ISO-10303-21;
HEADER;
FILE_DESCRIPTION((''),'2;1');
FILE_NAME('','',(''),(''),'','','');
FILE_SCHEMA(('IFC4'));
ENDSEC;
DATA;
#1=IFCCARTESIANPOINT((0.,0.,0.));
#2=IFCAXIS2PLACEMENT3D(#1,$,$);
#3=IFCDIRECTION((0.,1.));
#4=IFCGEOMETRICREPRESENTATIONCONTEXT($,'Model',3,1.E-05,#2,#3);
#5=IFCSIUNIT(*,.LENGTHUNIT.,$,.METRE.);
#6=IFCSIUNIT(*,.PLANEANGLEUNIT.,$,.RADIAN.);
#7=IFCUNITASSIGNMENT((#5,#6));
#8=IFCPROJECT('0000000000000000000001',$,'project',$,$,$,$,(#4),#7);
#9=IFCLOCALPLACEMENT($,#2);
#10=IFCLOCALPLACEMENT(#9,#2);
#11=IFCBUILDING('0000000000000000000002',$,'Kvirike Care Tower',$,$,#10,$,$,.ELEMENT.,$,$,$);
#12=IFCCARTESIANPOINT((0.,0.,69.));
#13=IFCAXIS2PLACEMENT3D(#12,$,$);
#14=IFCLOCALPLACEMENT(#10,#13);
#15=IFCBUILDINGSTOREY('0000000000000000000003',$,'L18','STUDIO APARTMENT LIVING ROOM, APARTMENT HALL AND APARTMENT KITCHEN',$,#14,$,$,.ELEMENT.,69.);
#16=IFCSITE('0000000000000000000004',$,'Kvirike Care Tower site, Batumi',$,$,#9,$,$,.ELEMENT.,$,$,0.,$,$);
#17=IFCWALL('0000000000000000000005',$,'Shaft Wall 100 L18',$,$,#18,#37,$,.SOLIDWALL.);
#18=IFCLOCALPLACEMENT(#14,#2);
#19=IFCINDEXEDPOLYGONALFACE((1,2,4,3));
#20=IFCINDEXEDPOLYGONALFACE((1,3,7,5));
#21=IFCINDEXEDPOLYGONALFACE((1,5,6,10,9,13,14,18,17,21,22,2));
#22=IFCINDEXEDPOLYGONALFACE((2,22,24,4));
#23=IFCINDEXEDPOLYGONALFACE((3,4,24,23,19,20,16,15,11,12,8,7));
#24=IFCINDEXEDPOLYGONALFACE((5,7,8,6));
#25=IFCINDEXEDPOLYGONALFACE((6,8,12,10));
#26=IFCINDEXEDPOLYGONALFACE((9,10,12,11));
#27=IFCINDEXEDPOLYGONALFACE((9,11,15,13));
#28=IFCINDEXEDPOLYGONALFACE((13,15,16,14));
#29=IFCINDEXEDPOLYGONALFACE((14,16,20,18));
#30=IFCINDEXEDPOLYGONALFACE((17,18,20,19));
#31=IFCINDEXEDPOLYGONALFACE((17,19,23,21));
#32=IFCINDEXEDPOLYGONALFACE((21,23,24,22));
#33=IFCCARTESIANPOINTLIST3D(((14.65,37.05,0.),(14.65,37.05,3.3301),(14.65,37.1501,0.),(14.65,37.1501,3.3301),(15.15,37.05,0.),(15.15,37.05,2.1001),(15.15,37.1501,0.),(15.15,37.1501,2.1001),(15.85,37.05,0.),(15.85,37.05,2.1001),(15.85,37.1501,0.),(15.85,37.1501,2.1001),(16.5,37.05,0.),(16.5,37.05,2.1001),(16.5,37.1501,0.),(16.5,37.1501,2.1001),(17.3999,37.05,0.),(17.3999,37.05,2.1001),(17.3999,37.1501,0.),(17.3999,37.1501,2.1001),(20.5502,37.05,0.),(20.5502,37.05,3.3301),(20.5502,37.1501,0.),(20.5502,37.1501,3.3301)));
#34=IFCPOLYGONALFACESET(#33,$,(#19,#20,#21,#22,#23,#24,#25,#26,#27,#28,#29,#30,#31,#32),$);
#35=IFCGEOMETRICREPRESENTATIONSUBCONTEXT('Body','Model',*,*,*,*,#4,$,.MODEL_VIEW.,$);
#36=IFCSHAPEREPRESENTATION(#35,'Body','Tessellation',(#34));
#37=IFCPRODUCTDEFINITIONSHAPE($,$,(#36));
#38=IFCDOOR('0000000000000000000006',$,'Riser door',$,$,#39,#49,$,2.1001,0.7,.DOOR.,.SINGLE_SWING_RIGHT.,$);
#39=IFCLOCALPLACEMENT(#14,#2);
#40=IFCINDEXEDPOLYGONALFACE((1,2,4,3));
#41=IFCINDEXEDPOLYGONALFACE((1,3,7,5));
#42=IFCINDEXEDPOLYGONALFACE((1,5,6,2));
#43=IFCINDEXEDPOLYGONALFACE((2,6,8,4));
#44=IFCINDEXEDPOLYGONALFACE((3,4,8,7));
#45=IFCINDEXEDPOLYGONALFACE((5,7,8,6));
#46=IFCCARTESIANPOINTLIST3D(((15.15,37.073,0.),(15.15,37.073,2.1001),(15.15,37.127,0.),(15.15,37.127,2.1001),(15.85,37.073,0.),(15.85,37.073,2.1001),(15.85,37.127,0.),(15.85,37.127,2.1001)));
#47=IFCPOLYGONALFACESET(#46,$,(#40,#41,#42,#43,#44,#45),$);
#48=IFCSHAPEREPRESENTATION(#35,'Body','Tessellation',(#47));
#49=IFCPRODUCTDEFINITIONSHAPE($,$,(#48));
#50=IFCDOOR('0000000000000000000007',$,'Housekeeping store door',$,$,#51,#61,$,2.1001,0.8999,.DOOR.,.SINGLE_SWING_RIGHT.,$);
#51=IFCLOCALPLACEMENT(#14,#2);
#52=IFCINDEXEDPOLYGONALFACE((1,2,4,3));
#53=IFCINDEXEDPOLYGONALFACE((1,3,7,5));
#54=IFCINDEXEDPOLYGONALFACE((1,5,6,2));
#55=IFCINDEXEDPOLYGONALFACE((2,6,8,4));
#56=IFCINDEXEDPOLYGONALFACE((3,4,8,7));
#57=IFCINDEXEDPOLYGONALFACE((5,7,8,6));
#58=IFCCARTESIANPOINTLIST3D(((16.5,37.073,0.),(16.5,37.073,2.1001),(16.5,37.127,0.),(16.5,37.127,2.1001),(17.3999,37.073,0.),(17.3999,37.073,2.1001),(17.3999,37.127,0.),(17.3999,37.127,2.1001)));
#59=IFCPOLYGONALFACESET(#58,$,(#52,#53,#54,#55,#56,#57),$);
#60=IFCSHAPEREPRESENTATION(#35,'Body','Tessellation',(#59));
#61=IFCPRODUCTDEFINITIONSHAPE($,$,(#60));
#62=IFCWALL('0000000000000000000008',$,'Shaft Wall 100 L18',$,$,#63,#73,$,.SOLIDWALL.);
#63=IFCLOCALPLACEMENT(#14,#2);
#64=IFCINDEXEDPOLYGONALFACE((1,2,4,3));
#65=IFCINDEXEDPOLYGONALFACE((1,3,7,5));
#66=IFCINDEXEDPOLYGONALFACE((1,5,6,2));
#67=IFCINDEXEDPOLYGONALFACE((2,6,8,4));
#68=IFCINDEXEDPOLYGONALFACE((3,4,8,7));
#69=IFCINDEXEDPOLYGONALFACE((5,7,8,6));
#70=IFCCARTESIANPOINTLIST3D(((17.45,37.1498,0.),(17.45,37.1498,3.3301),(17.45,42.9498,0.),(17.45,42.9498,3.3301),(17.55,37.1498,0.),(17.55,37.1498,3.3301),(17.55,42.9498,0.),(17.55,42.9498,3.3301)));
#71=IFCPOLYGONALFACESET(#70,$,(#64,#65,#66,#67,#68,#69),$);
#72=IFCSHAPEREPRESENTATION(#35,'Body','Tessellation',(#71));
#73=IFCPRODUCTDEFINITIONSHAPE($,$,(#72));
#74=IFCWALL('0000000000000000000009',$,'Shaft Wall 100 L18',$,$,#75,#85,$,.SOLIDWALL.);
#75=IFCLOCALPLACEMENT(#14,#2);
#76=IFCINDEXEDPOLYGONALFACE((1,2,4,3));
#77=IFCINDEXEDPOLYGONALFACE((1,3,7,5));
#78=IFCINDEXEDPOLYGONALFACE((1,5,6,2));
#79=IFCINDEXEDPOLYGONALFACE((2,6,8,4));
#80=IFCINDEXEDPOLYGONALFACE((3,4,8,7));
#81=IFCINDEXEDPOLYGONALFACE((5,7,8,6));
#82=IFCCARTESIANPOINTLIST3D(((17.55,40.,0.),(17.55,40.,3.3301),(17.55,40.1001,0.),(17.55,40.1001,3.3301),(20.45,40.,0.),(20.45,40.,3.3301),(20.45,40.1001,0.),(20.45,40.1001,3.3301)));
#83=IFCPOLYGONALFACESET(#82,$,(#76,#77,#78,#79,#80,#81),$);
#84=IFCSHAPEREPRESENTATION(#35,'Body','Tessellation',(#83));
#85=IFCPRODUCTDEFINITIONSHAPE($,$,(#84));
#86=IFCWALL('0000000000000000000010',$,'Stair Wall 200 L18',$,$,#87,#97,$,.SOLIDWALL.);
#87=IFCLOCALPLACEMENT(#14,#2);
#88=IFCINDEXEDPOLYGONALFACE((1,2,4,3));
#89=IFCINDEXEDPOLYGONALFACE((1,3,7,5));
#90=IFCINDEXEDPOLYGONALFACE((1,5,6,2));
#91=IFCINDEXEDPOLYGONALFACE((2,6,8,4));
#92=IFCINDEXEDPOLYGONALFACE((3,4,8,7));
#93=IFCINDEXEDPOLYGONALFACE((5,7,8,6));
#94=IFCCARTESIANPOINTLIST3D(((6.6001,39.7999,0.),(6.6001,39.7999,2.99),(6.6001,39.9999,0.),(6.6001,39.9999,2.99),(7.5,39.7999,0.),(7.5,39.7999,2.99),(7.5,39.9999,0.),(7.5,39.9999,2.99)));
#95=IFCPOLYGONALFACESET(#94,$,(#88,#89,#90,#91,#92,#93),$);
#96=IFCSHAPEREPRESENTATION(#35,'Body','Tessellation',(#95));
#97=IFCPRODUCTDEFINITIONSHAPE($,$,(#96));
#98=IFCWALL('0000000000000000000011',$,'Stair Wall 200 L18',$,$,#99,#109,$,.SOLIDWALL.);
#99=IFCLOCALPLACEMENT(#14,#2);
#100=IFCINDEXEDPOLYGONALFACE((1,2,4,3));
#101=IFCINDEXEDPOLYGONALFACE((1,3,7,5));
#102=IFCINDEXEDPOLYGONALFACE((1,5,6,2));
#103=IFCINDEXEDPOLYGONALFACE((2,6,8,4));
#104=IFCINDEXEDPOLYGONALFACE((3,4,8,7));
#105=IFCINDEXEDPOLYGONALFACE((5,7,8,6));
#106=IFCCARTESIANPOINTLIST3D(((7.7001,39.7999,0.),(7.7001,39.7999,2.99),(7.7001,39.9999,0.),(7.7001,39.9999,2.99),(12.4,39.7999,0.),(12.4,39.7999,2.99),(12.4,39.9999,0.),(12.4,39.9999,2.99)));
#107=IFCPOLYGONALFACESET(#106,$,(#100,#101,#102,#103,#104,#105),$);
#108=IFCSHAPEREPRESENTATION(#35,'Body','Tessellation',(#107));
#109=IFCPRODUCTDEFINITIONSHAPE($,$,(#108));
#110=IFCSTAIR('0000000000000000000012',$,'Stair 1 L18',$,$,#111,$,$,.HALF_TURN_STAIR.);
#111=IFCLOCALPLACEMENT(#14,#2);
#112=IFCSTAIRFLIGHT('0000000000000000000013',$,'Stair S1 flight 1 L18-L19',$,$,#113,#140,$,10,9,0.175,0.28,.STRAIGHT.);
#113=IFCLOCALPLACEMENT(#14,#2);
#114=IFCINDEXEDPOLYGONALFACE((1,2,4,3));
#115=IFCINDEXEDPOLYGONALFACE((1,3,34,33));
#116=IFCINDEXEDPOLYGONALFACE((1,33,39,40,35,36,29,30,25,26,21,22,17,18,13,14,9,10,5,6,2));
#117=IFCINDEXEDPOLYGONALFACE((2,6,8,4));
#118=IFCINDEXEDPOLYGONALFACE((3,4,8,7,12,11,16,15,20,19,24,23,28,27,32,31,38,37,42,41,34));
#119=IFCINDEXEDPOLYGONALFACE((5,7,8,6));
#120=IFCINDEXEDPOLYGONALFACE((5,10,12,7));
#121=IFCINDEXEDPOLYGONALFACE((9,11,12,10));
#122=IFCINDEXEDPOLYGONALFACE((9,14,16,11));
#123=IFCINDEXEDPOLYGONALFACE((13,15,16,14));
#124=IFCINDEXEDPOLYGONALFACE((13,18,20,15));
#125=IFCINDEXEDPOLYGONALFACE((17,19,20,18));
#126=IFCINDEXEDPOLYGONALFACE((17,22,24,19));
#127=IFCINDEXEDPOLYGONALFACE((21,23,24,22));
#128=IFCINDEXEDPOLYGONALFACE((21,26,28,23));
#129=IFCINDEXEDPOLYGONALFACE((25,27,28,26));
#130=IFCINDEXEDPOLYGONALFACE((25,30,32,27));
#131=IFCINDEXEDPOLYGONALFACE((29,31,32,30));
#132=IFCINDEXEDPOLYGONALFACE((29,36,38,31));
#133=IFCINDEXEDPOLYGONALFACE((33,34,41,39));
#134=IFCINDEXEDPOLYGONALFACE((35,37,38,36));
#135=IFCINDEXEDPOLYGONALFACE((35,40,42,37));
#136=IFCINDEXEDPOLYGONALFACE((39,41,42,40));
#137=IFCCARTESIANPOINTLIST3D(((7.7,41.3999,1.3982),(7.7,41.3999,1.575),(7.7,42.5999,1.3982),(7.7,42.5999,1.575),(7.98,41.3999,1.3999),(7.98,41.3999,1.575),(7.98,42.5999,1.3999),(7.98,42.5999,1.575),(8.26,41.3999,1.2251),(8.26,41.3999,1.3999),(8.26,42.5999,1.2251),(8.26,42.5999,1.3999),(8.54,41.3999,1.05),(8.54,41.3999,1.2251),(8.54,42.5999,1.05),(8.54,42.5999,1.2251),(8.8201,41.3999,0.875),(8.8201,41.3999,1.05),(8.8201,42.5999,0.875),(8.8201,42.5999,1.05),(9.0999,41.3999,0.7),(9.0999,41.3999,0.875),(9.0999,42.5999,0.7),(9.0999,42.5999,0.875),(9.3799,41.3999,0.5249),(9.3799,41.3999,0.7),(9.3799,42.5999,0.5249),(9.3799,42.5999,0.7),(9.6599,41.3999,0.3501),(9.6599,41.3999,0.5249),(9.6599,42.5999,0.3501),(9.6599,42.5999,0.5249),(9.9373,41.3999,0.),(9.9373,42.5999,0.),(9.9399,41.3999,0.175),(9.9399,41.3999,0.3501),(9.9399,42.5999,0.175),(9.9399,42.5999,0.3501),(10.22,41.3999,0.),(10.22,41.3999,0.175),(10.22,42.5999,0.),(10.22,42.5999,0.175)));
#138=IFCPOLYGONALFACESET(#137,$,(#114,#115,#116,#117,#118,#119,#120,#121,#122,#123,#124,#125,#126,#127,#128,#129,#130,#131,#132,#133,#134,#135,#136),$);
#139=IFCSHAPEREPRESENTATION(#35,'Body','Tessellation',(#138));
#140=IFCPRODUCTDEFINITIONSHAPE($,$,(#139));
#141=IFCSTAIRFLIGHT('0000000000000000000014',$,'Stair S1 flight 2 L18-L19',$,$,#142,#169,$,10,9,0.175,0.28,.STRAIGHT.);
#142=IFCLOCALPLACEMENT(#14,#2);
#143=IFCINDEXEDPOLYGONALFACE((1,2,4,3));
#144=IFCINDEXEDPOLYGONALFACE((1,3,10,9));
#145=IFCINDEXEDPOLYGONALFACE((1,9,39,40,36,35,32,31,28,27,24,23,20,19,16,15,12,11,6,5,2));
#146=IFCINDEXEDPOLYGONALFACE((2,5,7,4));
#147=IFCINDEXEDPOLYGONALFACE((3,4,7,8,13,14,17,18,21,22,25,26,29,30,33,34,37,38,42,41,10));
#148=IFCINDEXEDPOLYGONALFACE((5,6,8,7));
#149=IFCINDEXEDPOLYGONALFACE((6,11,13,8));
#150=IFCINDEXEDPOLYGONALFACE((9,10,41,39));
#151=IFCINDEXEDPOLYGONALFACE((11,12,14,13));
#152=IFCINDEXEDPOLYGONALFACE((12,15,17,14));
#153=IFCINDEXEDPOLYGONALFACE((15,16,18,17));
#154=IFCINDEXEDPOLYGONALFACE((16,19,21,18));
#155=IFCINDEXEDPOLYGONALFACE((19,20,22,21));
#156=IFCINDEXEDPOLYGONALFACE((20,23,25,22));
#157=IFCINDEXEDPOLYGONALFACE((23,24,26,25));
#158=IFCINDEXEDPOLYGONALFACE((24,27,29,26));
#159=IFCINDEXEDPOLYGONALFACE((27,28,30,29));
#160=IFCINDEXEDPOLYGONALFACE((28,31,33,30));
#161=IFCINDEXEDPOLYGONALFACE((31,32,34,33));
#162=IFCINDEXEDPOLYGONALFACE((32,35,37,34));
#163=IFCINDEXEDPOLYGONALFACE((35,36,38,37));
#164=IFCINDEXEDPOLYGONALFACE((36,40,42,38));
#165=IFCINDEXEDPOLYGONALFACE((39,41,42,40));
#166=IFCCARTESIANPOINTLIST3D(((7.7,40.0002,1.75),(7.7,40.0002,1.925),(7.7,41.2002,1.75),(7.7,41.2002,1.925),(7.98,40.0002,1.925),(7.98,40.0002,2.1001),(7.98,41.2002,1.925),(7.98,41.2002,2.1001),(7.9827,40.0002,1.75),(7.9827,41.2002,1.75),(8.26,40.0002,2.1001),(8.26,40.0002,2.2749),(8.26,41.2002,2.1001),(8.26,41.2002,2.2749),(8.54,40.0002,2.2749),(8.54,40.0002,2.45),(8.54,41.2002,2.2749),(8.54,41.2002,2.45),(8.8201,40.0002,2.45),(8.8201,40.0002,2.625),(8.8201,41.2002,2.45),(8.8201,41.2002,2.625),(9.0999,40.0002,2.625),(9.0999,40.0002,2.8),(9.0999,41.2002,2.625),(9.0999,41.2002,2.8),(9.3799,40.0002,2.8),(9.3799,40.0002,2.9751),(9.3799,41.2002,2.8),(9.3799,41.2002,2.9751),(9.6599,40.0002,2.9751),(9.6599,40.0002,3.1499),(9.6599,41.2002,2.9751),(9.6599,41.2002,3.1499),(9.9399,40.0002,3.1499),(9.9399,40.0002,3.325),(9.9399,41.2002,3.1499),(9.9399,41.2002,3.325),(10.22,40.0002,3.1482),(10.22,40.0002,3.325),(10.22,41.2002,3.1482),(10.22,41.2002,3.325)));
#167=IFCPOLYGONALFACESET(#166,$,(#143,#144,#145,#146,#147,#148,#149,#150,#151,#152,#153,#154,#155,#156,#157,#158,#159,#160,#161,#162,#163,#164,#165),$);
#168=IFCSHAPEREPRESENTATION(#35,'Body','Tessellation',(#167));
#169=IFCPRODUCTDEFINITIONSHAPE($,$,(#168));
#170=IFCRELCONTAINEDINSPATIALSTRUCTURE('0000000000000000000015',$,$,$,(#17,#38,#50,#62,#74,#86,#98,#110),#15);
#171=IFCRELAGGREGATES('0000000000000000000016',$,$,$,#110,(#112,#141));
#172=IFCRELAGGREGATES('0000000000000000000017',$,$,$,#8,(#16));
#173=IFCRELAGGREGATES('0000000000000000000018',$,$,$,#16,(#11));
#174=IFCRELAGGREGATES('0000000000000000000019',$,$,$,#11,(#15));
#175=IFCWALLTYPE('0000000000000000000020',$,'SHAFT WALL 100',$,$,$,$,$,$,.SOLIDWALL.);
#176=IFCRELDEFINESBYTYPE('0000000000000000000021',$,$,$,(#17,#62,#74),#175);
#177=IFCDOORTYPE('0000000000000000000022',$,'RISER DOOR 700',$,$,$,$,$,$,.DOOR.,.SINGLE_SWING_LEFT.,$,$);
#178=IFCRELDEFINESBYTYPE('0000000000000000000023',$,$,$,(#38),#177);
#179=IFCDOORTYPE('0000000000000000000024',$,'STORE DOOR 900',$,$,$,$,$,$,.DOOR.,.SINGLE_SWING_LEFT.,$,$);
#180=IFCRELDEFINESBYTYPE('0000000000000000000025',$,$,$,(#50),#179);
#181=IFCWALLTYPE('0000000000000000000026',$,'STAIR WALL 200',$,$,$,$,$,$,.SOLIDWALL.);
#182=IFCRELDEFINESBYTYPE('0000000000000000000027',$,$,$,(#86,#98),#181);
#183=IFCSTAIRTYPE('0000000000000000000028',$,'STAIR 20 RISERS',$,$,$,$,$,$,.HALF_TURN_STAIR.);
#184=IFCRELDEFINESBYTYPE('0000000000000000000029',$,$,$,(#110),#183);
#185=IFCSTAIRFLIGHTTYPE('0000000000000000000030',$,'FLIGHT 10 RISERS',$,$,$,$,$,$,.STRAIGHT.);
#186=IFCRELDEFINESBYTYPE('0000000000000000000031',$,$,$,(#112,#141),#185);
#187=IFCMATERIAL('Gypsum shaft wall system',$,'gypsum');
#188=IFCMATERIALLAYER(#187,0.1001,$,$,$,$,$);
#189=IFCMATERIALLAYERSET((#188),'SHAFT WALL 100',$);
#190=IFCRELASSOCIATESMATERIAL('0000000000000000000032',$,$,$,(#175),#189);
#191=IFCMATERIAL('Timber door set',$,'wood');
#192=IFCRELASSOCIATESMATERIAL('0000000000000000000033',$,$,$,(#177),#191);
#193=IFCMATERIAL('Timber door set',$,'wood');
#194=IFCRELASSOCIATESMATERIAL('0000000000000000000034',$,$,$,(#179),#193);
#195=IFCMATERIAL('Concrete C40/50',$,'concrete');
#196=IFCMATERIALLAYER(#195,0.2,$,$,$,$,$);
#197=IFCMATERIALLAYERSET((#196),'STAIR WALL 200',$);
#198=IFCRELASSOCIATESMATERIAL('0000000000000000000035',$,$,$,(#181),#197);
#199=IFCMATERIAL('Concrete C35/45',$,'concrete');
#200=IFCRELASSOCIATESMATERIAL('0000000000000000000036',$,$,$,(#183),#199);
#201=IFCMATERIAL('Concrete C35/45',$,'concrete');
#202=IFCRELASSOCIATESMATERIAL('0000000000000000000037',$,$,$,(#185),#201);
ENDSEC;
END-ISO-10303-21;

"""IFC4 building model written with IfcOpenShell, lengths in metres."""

from ifc_helpers import new_model, si_unit, direction, frame, frame_2d, origin, place, context, subcontext, project, spatial, polyline, rectangle, outline, extrude, material, layer, layer_set, type_object, element, fill, aggregate, save


model = new_model("IFC4")

# Units and contexts
model_context = context("Model", 3, precision=1e-05, world=origin(), true_north=direction((0.0, 1.0)))
body_context = subcontext(model_context, "Body", "Model", "MODEL_VIEW")
ifc_project = project(units=[si_unit("LENGTHUNIT", "METRE"), si_unit("PLANEANGLEUNIT", "RADIAN")], contexts=[model_context])

# Site, building, storey
site_placement = place(None, origin())
site = spatial("IfcSite", under=ifc_project, at=site_placement, Name="Kvirike Care Tower site, Batumi", CompositionType="ELEMENT", RefElevation=0.0)
building_placement = place(site_placement, origin())
building = spatial("IfcBuilding", under=site, at=building_placement, Name="Kvirike Care Tower", CompositionType="ELEMENT")
storey_placement = place(building_placement, frame((0.0, 0.0, 69.0)))
storey = spatial("IfcBuildingStorey", under=building, at=storey_placement, Name="L18", Description="STUDIO APARTMENT LIVING ROOM, APARTMENT HALL AND APARTMENT KITCHEN", CompositionType="ELEMENT", Elevation=69.0)

# Shared definitions
ifc_material_1 = material(Name="Gypsum shaft wall system", Category="gypsum")
ifc_layer_1 = layer(ifc_material_1, 0.1001)
ifc_layer_set_1 = layer_set([ifc_layer_1], Name="SHAFT WALL 100")
wall_type_1 = type_object("IfcWallType", Name="SHAFT WALL 100", PredefinedType="SOLIDWALL", material=ifc_layer_set_1)

# Shared definitions
ifc_material_2 = material(Name="Timber door set", Category="wood")
door_type_1 = type_object("IfcDoorType", Name="RISER DOOR 700", OperationType="SINGLE_SWING_LEFT", PredefinedType="DOOR", material=ifc_material_2)

# Wall, openings, doors
wall_1_placement = place(storey_placement, frame((14.6499, 37.1001, 0.0), z_axis=(0.0, 0.0, 1.0), x_axis=(1.0, 0.0, 0.0)))
wall_1 = element("IfcWall", 1, at=wall_1_placement, inside=storey, type_object=wall_type_1, Name="Shaft Wall 100 L18", PredefinedType="SOLIDWALL", context=body_context, shape_type="SweptSolid", body=[
    extrude(rectangle(XDim=5.9001, YDim=0.1001, at=frame_2d((2.9502, 0.0))), origin(), (0.0, 0.0, 1.0), 3.3301),
])
opening_1_placement = place(wall_1_placement, frame((0.5, 0.0, 0.0)))
opening_1 = element("IfcOpeningElement", 2, at=opening_1_placement, cuts=wall_1, PredefinedType="OPENING", context=body_context, shape_type="SweptSolid", body=[
    extrude(rectangle(XDim=0.7, YDim=2.1001, at=frame_2d((0.3501, 1.05))), frame((0.0, 0.0605, 0.0), z_axis=(0.0, -1.0, 0.0), x_axis=(1.0, 0.0, 0.0)), (0.0, 0.0, 1.0), 0.1211),
])
opening_2_placement = place(wall_1_placement, frame((1.8501, 0.0, 0.0)))
opening_2 = element("IfcOpeningElement", 3, at=opening_2_placement, cuts=wall_1, PredefinedType="OPENING", context=body_context, shape_type="SweptSolid", body=[
    extrude(rectangle(XDim=0.8999, YDim=2.1001, at=frame_2d((0.45, 1.05))), frame((0.0, 0.0605, 0.0), z_axis=(0.0, -1.0, 0.0), x_axis=(1.0, 0.0, 0.0)), (0.0, 0.0, 1.0), 0.1211),
])
door_1_placement = place(opening_1_placement, origin())
door_1 = element("IfcDoor", 4, at=door_1_placement, inside=storey, type_object=door_type_1, Name="Riser door", OperationType="SINGLE_SWING_RIGHT", OverallHeight=2.1001, OverallWidth=0.7, PredefinedType="DOOR", context=body_context, shape_type="SweptSolid", body=[
    extrude(rectangle(XDim=0.7, YDim=2.1001, at=frame_2d((0.3501, 1.05))), frame((0.0, 0.0269, 0.0), z_axis=(0.0, -1.0, 0.0), x_axis=(1.0, 0.0, 0.0)), (0.0, 0.0, 1.0), 0.054),
])
fill(opening_1, door_1)
ifc_material_3 = material(Name="Timber door set", Category="wood")
door_type_2 = type_object("IfcDoorType", Name="STORE DOOR 900", OperationType="SINGLE_SWING_LEFT", PredefinedType="DOOR", material=ifc_material_3)
door_2_placement = place(opening_2_placement, origin())
door_2 = element("IfcDoor", 5, at=door_2_placement, inside=storey, type_object=door_type_2, Name="Housekeeping store door", OperationType="SINGLE_SWING_RIGHT", OverallHeight=2.1001, OverallWidth=0.8999, PredefinedType="DOOR", context=body_context, shape_type="SweptSolid", body=[
    extrude(rectangle(XDim=0.8999, YDim=2.1001, at=frame_2d((0.45, 1.05))), frame((0.0, 0.0269, 0.0), z_axis=(0.0, -1.0, 0.0), x_axis=(1.0, 0.0, 0.0)), (0.0, 0.0, 1.0), 0.054),
])
fill(opening_2, door_2)

# Walls
wall_2_placement = place(storey_placement, frame((17.5, 37.1499, 0.0), z_axis=(0.0, 0.0, 1.0), x_axis=(0.0, 1.0, 0.0)))
element("IfcWall", 6, at=wall_2_placement, inside=storey, type_object=wall_type_1, Name="Shaft Wall 100 L18", PredefinedType="SOLIDWALL", context=body_context, shape_type="SweptSolid", body=[
    extrude(rectangle(XDim=5.8, YDim=0.1001, at=frame_2d((2.8999, 0.0))), origin(), (0.0, 0.0, 1.0), 3.3301),
])
wall_3_placement = place(storey_placement, frame((17.55, 40.05, 0.0), z_axis=(0.0, 0.0, 1.0), x_axis=(1.0, 0.0, 0.0)))
element("IfcWall", 7, at=wall_3_placement, inside=storey, type_object=wall_type_1, Name="Shaft Wall 100 L18", PredefinedType="SOLIDWALL", context=body_context, shape_type="SweptSolid", body=[
    extrude(rectangle(XDim=2.8999, YDim=0.1001, at=frame_2d((1.45, 0.0))), origin(), (0.0, 0.0, 1.0), 3.3301),
])
ifc_material_4 = material(Name="Concrete C40/50", Category="concrete")
ifc_layer_2 = layer(ifc_material_4, 0.2)
ifc_layer_set_2 = layer_set([ifc_layer_2], Name="STAIR WALL 200")
wall_type_2 = type_object("IfcWallType", Name="STAIR WALL 200", PredefinedType="SOLIDWALL", material=ifc_layer_set_2)
wall_4_placement = place(storey_placement, frame((6.6001, 39.8999, 0.0), z_axis=(0.0, 0.0, 1.0), x_axis=(1.0, 0.0, 0.0)))
element("IfcWall", 8, at=wall_4_placement, inside=storey, type_object=wall_type_2, Name="Stair Wall 200 L18", PredefinedType="SOLIDWALL", context=body_context, shape_type="SweptSolid", body=[
    extrude(rectangle(XDim=0.8999, YDim=0.2, at=frame_2d((0.45, 0.0))), origin(), (0.0, 0.0, 1.0), 2.99),
])
wall_5_placement = place(storey_placement, frame((7.7, 39.8999, 0.0), z_axis=(0.0, 0.0, 1.0), x_axis=(1.0, 0.0, 0.0)))
element("IfcWall", 9, at=wall_5_placement, inside=storey, type_object=wall_type_2, Name="Stair Wall 200 L18", PredefinedType="SOLIDWALL", context=body_context, shape_type="SweptSolid", body=[
    extrude(rectangle(XDim=4.7, YDim=0.2, at=frame_2d((2.3501, 0.0))), origin(), (0.0, 0.0, 1.0), 2.99),
])

# Stair, stair flights
ifc_material_5 = material(Name="Concrete C35/45", Category="concrete")
stair_type = type_object("IfcStairType", Name="STAIR 20 RISERS", PredefinedType="HALF_TURN_STAIR", material=ifc_material_5)
stair_placement = place(storey_placement, origin())
stair = element("IfcStair", 10, at=stair_placement, inside=storey, type_object=stair_type, Name="Stair 1 L18", PredefinedType="HALF_TURN_STAIR")
ifc_material_6 = material(Name="Concrete C35/45", Category="concrete")
stair_flight_type = type_object("IfcStairFlightType", Name="FLIGHT 10 RISERS", PredefinedType="STRAIGHT", material=ifc_material_6)
stair_flight_1_placement = place(storey_placement, frame((10.22, 42.0, 0.0), z_axis=(0.0, 0.0, 1.0), x_axis=(-1.0, 0.0, 0.0)))
stair_flight_1 = element("IfcStairFlight", 11, at=stair_flight_1_placement, type_object=stair_flight_type, Name="Stair S1 flight 1 L18-L19", NumberOfRisers=10, NumberOfTreads=9, PredefinedType="STRAIGHT", RiserHeight=0.175, TreadLength=0.28, context=body_context, shape_type="SweptSolid", body=[
    extrude(outline(polyline([(0.0, 0.0), (0.0, 0.175), (0.28, 0.175), (0.28, 0.3501), (0.5601, 0.3501), (0.5601, 0.5249), (0.8401, 0.5249), (0.8401, 0.7), (1.1201, 0.7), (1.1201, 0.875), (1.3999, 0.875), (1.3999, 1.05), (1.6799, 1.05), (1.6799, 1.2251), (1.96, 1.2251), (1.96, 1.3999), (2.24, 1.3999), (2.24, 1.575), (2.52, 1.575), (2.52, 1.75), (2.52, 1.3982), (0.2827, 0.0), (0.0, 0.0)])), frame((0.0, 0.6001, 0.0), z_axis=(0.0, -1.0, 0.0), x_axis=(1.0, 0.0, 0.0)), (0.0, 0.0, 1.0), 1.2),
])
stair_flight_2_placement = place(storey_placement, frame((7.7, 40.6001, 1.75), z_axis=(0.0, 0.0, 1.0), x_axis=(1.0, 0.0, 0.0)))
stair_flight_2 = element("IfcStairFlight", 12, at=stair_flight_2_placement, type_object=stair_flight_type, Name="Stair S1 flight 2 L18-L19", NumberOfRisers=10, NumberOfTreads=9, PredefinedType="STRAIGHT", RiserHeight=0.175, TreadLength=0.28, context=body_context, shape_type="SweptSolid", body=[
    extrude(outline(polyline([(0.0, 0.0), (0.0, 0.175), (0.28, 0.175), (0.28, 0.3501), (0.5601, 0.3501), (0.5601, 0.5249), (0.8401, 0.5249), (0.8401, 0.7), (1.1201, 0.7), (1.1201, 0.875), (1.3999, 0.875), (1.3999, 1.05), (1.6799, 1.05), (1.6799, 1.2251), (1.96, 1.2251), (1.96, 1.3999), (2.24, 1.3999), (2.24, 1.575), (2.52, 1.575), (2.52, 1.75), (2.52, 1.3982), (0.2827, 0.0), (0.0, 0.0)])), frame((0.0, 0.6001, 0.0), z_axis=(0.0, -1.0, 0.0), x_axis=(1.0, 0.0, 0.0)), (0.0, 0.0, 1.0), 1.2),
])
aggregate(stair, [stair_flight_1, stair_flight_2])

save(model, "model.ifc")
